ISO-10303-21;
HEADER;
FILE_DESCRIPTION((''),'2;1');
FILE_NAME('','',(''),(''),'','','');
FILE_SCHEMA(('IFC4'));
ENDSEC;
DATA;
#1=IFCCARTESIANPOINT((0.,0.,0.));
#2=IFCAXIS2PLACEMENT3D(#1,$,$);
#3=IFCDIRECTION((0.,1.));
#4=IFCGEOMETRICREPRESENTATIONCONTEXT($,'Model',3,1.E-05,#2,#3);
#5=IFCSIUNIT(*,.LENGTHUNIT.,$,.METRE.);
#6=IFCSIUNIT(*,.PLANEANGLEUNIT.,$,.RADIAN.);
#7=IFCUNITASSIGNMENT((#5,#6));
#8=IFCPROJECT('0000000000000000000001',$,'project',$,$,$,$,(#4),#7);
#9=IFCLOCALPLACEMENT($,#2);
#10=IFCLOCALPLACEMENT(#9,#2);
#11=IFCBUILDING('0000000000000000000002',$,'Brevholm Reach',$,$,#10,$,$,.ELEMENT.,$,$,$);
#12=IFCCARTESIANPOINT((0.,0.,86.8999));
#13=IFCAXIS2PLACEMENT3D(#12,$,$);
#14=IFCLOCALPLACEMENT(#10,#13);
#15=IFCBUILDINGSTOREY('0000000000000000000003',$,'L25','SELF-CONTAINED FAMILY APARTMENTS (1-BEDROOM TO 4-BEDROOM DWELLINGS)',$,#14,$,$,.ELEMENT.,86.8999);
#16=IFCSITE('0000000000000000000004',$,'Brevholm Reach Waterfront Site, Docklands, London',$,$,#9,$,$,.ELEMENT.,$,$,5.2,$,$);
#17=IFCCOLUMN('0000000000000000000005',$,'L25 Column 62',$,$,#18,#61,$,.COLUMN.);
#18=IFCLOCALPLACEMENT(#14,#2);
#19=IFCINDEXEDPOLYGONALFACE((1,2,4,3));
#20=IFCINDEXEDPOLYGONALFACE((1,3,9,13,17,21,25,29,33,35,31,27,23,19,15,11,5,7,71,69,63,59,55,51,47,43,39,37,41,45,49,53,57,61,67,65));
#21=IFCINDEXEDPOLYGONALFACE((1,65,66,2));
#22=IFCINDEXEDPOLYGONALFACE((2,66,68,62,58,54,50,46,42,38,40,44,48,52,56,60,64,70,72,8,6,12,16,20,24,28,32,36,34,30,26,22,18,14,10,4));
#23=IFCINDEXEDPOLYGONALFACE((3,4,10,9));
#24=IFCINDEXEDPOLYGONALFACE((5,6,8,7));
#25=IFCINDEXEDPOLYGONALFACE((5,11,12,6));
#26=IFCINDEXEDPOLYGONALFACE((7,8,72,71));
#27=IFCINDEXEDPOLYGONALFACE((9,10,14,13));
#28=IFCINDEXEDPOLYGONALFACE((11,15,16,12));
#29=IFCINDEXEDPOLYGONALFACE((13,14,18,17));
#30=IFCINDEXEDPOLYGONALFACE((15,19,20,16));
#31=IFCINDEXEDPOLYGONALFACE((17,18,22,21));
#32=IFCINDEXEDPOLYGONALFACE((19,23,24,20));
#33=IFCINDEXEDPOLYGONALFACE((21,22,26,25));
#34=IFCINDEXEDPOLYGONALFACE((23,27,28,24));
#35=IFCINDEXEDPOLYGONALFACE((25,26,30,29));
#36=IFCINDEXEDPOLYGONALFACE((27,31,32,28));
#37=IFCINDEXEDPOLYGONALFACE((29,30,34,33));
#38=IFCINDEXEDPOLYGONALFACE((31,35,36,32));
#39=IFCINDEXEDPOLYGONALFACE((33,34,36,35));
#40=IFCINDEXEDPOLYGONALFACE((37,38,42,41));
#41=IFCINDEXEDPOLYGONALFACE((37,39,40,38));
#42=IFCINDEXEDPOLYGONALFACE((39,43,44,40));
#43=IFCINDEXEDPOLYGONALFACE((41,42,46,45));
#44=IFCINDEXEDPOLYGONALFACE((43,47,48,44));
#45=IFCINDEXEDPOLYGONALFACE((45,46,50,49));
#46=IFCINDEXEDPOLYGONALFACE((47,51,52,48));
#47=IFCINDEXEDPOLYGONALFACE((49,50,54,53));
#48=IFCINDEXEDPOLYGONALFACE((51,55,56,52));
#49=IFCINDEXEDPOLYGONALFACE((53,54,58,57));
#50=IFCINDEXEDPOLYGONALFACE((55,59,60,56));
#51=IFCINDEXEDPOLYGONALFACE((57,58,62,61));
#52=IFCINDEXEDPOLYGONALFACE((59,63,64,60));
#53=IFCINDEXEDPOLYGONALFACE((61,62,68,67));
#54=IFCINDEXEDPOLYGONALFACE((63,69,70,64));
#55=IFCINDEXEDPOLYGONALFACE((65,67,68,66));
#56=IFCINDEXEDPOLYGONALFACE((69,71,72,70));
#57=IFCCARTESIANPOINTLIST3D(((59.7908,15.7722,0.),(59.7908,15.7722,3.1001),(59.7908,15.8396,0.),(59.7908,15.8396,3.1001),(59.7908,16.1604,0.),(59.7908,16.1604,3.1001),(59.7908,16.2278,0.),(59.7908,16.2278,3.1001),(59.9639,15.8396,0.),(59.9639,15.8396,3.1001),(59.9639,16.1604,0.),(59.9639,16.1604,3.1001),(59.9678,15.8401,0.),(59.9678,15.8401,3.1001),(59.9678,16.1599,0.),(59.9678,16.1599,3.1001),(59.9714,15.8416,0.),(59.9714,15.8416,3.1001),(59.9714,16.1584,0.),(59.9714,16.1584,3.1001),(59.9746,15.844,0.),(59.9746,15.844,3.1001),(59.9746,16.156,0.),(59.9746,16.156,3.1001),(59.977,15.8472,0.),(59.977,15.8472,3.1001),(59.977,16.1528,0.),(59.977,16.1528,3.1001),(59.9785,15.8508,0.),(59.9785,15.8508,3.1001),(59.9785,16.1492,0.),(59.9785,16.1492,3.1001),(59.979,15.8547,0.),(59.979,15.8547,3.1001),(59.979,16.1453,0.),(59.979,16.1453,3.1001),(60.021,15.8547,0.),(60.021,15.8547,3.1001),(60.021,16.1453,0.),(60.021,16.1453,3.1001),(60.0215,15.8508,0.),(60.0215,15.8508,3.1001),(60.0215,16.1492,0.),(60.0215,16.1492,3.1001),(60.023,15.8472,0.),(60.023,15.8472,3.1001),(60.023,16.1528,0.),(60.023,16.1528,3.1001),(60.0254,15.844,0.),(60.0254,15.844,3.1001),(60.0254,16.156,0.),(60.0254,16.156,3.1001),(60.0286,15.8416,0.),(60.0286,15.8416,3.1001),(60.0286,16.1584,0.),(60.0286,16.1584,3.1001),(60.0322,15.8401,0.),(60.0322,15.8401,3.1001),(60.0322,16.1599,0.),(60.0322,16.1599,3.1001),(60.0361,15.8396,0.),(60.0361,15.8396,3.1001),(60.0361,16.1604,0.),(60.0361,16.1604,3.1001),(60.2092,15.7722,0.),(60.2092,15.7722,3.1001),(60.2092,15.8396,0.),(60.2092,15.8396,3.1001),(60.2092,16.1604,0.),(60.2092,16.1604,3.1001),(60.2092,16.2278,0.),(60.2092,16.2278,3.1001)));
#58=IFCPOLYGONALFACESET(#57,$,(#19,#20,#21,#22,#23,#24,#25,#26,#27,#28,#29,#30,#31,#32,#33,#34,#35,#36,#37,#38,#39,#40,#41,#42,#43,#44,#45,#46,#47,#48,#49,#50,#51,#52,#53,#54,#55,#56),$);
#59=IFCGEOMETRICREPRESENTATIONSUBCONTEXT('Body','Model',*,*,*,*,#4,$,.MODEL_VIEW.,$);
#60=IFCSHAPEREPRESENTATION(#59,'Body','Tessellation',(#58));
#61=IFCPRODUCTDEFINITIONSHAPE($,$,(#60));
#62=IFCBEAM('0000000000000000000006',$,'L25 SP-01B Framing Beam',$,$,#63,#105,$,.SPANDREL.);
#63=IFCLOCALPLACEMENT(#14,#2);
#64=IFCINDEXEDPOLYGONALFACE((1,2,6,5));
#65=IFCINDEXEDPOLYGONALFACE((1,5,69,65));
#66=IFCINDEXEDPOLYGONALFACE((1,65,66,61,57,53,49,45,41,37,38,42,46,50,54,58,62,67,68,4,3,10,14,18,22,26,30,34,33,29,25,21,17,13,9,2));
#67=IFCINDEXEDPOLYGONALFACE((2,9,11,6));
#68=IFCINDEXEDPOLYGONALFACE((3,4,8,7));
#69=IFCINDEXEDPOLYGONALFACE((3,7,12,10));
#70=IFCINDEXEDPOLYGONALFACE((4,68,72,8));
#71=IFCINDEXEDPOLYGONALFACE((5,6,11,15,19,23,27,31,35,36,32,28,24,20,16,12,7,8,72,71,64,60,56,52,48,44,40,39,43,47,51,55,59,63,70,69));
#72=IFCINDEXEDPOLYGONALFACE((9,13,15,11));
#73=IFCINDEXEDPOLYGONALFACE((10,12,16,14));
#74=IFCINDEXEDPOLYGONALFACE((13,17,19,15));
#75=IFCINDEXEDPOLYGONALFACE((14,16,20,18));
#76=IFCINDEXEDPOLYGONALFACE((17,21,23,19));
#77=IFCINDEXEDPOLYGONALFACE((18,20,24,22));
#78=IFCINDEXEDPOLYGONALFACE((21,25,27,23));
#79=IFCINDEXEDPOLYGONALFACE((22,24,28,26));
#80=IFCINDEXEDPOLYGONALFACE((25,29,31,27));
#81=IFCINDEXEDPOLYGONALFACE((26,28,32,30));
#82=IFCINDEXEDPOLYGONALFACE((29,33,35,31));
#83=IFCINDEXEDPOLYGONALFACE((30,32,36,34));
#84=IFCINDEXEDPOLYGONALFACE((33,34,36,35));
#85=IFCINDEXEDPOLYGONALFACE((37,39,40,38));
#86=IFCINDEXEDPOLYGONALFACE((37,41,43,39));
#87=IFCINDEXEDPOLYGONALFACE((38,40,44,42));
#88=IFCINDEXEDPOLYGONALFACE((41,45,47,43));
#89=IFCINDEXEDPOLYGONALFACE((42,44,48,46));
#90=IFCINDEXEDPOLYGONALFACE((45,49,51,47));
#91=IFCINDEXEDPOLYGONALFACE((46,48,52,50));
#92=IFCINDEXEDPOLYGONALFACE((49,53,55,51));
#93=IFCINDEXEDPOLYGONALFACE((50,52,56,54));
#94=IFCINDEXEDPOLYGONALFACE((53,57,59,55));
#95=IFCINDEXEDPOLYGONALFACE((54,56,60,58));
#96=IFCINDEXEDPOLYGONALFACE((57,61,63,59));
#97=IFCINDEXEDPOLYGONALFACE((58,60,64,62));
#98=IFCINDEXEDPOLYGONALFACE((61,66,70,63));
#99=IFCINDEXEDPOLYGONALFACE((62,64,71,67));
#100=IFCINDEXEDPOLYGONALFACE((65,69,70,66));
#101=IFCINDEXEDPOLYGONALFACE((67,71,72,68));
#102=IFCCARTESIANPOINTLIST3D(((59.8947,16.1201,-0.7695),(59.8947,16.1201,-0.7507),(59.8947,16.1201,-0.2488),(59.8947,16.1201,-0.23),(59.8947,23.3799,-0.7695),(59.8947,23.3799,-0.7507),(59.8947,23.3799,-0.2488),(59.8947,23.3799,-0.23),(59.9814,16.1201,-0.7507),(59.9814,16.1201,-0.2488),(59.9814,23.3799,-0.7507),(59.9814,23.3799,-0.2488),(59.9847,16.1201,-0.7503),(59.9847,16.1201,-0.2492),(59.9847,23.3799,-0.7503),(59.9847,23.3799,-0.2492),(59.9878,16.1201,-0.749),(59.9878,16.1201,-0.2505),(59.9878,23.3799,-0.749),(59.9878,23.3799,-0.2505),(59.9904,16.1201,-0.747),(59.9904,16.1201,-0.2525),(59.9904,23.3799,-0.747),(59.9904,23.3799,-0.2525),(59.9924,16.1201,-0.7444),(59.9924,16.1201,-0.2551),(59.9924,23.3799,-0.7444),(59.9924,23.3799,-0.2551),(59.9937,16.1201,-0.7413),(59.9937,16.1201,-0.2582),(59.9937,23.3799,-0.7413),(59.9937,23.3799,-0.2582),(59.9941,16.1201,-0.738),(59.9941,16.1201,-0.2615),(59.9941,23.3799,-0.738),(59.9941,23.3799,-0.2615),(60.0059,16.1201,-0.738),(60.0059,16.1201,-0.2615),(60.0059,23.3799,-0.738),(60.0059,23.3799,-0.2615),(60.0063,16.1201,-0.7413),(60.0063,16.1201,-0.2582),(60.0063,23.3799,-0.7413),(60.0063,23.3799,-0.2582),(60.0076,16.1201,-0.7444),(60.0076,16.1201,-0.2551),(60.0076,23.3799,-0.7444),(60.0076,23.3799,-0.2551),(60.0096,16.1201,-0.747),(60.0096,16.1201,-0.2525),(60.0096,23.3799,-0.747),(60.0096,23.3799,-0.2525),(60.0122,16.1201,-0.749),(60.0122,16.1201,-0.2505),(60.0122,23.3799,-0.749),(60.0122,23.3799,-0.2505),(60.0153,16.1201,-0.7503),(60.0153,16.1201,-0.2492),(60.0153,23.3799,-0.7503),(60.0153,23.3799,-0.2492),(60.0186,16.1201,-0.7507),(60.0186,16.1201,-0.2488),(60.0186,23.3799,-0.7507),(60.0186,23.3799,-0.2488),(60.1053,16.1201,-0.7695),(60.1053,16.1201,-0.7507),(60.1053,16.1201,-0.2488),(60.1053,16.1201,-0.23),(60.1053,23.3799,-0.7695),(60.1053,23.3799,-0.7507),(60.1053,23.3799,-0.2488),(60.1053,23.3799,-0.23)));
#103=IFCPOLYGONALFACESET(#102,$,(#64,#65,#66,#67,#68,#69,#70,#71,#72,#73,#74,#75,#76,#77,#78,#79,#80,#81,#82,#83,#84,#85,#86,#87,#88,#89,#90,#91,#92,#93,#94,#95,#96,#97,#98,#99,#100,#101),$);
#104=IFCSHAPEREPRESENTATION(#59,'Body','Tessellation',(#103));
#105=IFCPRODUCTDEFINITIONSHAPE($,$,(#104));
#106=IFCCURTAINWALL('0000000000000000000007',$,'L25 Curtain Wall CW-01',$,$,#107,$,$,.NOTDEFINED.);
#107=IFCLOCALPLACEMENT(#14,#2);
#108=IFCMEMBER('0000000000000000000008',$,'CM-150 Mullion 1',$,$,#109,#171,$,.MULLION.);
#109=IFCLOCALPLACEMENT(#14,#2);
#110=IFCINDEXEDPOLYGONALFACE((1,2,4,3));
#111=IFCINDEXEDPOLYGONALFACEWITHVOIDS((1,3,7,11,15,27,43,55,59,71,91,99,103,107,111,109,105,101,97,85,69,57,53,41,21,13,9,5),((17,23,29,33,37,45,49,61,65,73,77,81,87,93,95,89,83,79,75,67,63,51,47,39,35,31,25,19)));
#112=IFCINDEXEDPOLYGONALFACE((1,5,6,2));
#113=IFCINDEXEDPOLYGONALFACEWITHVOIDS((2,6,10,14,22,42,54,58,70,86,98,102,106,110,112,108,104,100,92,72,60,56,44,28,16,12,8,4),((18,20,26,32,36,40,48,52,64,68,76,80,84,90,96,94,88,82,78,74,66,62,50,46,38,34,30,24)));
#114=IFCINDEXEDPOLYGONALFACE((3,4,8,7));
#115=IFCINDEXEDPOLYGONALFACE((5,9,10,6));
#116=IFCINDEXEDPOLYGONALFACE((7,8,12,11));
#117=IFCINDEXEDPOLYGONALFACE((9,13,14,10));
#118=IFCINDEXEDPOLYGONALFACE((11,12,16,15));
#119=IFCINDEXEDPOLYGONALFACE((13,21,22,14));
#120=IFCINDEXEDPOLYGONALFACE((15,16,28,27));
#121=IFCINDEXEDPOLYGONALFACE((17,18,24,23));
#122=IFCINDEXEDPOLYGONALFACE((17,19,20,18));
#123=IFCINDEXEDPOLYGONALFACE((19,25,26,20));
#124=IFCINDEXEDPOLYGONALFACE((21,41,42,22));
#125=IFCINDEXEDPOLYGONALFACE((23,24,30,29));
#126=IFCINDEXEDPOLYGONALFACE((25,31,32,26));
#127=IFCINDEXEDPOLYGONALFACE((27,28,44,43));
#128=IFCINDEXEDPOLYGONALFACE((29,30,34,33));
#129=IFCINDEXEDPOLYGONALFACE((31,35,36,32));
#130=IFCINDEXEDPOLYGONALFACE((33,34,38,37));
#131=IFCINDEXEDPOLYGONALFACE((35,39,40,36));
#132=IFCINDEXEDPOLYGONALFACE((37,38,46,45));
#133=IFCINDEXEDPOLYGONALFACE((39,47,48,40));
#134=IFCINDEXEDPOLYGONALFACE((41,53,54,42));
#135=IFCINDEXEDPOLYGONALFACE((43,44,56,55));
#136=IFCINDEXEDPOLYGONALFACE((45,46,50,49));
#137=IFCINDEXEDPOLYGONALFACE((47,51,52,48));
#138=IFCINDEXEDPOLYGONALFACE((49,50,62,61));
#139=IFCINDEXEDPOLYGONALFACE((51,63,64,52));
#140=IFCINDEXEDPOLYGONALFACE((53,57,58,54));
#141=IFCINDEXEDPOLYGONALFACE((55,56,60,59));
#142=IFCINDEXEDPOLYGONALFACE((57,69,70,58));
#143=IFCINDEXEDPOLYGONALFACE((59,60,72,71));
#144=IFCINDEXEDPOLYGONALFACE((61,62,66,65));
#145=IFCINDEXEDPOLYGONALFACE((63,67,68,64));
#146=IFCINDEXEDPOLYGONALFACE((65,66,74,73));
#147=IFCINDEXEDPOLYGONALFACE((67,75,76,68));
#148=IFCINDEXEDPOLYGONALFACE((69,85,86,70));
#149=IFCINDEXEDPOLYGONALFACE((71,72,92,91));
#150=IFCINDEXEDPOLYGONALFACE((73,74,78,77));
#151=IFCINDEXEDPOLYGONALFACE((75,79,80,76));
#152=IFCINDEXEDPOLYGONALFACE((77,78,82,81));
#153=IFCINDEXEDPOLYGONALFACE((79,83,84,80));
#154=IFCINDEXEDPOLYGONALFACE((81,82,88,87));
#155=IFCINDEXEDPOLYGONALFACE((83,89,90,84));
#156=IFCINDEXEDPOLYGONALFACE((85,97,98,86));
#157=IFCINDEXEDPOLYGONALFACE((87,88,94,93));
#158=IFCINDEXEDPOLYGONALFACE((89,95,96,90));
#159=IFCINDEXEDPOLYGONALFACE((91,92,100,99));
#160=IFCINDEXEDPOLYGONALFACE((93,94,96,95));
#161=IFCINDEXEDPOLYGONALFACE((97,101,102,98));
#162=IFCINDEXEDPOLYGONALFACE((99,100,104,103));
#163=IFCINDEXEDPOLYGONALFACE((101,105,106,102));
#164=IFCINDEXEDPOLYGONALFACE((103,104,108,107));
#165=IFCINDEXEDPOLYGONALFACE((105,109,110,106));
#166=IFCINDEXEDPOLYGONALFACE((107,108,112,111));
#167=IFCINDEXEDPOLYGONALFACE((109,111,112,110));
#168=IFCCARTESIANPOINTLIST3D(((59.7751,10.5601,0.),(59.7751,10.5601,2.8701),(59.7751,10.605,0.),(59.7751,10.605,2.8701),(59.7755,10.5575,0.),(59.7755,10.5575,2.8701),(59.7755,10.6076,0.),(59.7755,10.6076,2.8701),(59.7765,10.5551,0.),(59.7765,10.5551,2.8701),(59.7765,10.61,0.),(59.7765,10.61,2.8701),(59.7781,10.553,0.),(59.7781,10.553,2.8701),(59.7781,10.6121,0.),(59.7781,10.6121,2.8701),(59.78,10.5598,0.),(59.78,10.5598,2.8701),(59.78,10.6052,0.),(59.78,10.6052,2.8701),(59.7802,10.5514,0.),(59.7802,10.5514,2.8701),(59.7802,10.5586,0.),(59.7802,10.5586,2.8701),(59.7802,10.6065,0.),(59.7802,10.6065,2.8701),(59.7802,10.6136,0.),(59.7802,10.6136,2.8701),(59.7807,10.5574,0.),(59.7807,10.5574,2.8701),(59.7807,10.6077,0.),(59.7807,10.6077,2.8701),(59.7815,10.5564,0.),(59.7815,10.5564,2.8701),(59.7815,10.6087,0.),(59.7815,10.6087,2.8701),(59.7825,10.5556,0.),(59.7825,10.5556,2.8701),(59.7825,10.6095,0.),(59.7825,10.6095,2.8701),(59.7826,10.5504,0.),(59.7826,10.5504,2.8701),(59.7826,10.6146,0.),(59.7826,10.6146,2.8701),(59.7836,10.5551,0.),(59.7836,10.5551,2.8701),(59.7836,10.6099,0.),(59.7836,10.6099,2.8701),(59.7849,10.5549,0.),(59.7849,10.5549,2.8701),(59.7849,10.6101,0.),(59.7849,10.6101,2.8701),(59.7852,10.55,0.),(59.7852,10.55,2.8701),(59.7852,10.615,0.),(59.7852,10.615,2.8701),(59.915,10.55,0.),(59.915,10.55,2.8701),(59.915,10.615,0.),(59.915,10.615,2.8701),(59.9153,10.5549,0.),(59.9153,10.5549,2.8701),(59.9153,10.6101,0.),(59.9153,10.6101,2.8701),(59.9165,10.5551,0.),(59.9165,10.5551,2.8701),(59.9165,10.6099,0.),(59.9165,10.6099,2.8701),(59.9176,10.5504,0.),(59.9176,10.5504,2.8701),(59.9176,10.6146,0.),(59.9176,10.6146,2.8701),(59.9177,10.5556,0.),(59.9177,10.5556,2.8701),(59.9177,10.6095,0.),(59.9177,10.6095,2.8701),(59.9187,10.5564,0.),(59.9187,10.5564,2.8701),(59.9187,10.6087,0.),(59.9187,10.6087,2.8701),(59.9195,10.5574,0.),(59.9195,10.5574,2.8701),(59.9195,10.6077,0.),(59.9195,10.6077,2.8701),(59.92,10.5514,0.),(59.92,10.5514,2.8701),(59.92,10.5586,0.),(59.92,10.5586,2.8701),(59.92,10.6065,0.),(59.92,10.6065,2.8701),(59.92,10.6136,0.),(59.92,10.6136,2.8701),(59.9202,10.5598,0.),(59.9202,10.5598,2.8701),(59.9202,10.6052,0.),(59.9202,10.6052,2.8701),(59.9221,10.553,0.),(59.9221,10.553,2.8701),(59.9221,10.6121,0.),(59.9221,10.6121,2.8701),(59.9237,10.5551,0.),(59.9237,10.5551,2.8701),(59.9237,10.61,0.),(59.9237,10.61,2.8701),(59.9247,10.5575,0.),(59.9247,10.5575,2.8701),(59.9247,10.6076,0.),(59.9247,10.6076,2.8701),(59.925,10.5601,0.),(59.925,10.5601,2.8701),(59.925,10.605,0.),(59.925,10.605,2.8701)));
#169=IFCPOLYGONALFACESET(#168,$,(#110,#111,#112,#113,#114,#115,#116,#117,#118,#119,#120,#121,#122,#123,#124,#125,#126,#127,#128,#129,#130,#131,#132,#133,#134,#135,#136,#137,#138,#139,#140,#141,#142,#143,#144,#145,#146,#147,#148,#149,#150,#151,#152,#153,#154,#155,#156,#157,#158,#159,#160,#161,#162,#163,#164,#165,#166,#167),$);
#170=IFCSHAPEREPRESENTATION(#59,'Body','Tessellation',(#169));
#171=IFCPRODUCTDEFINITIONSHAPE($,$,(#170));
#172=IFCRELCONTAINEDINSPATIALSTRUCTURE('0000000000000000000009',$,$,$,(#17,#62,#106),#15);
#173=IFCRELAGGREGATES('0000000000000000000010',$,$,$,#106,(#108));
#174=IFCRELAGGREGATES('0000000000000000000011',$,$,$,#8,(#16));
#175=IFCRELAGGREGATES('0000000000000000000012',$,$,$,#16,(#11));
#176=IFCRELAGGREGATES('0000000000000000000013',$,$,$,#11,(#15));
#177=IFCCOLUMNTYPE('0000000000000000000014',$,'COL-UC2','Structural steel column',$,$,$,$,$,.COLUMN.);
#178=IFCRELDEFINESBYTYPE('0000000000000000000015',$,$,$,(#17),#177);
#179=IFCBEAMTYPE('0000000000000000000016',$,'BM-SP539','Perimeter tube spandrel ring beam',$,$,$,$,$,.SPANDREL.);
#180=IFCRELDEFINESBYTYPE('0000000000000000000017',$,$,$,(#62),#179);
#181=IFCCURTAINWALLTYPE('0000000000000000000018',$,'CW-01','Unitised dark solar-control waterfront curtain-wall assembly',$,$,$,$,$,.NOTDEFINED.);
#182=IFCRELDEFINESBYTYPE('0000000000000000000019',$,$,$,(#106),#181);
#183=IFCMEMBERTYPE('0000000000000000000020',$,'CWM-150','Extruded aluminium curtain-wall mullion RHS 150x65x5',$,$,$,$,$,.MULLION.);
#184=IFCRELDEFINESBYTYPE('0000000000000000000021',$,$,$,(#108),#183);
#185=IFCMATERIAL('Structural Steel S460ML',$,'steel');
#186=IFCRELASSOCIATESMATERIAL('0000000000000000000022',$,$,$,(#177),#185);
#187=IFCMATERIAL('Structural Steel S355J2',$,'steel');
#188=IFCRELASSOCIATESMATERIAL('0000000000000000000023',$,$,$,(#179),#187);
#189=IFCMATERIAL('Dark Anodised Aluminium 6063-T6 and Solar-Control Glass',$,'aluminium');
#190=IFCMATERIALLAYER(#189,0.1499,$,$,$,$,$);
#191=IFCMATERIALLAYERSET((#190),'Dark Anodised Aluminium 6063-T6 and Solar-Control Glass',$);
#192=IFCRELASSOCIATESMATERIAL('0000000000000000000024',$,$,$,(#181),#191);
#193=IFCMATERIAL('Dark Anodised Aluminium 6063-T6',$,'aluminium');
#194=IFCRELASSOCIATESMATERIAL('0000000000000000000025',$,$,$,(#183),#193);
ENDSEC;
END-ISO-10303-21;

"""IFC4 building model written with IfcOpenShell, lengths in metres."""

from ifc_helpers import new_model, si_unit, direction, frame, origin, origin_2d, place, context, subcontext, project, spatial, hollow_rectangle, i_section, extrude, material, layer, layer_set, material_profile, profile_set, type_object, element, aggregate, save


model = new_model("IFC4")

# Units and contexts
model_context = context("Model", 3, precision=1e-05, world=origin(), true_north=direction((0.0, 1.0)))
body_context = subcontext(model_context, "Body", "Model", "MODEL_VIEW")
ifc_project = project(units=[si_unit("LENGTHUNIT", "METRE"), si_unit("PLANEANGLEUNIT", "RADIAN")], contexts=[model_context])

# Site, building, storey
site_placement = place(None, origin())
site = spatial("IfcSite", under=ifc_project, at=site_placement, Name="Brevholm Reach Waterfront Site, Docklands, London", CompositionType="ELEMENT", RefElevation=5.2)
building_placement = place(site_placement, origin())
building = spatial("IfcBuilding", under=site, at=building_placement, Name="Brevholm Reach", CompositionType="ELEMENT")
storey_placement = place(building_placement, frame((0.0, 0.0, 86.8999)))
storey = spatial("IfcBuildingStorey", under=building, at=storey_placement, Name="L25", Description="SELF-CONTAINED FAMILY APARTMENTS (1-BEDROOM TO 4-BEDROOM DWELLINGS)", CompositionType="ELEMENT", Elevation=86.8999)

# Column
ifc_material_1 = material(Name="Structural Steel S460ML", Category="steel")
ifc_material_profile_1 = material_profile(ifc_material_1, i_section(OverallWidth=0.4185, OverallDepth=0.4556, WebThickness=0.042, FlangeThickness=0.0674, FilletRadius=0.0151, at=origin_2d()), Name="UKC 356x406x551")
ifc_profile_set_1 = profile_set([ifc_material_profile_1], Name="Structural Steel S460ML")
column_type = type_object("IfcColumnType", Name="COL-UC2", Description="Structural steel column", PredefinedType="COLUMN", material=ifc_profile_set_1)
column_placement = place(storey_placement, frame((60.0, 16.0, 0.0), z_axis=(0.0, 0.0, 1.0), x_axis=(1.0, 0.0, 0.0)))
element("IfcColumn", 1, at=column_placement, inside=storey, type_object=column_type, Name="L25 Column 62", PredefinedType="COLUMN", context=body_context, shape_type="SweptSolid", body=[
    extrude(i_section(OverallWidth=0.4185, OverallDepth=0.4556, WebThickness=0.042, FlangeThickness=0.0674, FilletRadius=0.0151, at=origin_2d()), origin(), (0.0, 0.0, 1.0), 3.1001),
])

# Beam
ifc_material_2 = material(Name="Structural Steel S355J2", Category="steel")
ifc_material_profile_2 = material_profile(ifc_material_2, i_section(OverallWidth=0.2107, OverallDepth=0.5396, WebThickness=0.0117, FlangeThickness=0.0188, FilletRadius=0.0127, at=origin_2d()), Name="UKB 533x210x109")
ifc_profile_set_2 = profile_set([ifc_material_profile_2], Name="Structural Steel S355J2")
beam_type = type_object("IfcBeamType", Name="BM-SP539", Description="Perimeter tube spandrel ring beam", PredefinedType="SPANDREL", material=ifc_profile_set_2)
beam_placement = place(storey_placement, frame((60.0, 16.1201, -0.4998), z_axis=(0.0, 1.0, 0.0), x_axis=(-1.0, 0.0, 0.0)))
element("IfcBeam", 2, at=beam_placement, inside=storey, type_object=beam_type, Name="L25 SP-01B Framing Beam", PredefinedType="SPANDREL", context=body_context, shape_type="SweptSolid", body=[
    extrude(i_section(OverallWidth=0.2107, OverallDepth=0.5396, WebThickness=0.0117, FlangeThickness=0.0188, FilletRadius=0.0127, at=origin_2d()), origin(), (0.0, 0.0, 1.0), 7.2598),
])

# Curtain wall, member
ifc_material_3 = material(Name="Dark Anodised Aluminium 6063-T6 and Solar-Control Glass", Category="aluminium")
ifc_layer_1 = layer(ifc_material_3, 0.1499)
ifc_layer_set_1 = layer_set([ifc_layer_1], Name="Dark Anodised Aluminium 6063-T6 and Solar-Control Glass")
curtain_wall_type = type_object("IfcCurtainWallType", Name="CW-01", Description="Unitised dark solar-control waterfront curtain-wall assembly", PredefinedType="NOTDEFINED", material=ifc_layer_set_1)
curtain_wall_placement = place(storey_placement, origin())
curtain_wall = element("IfcCurtainWall", 3, at=curtain_wall_placement, inside=storey, type_object=curtain_wall_type, Name="L25 Curtain Wall CW-01", PredefinedType="NOTDEFINED")
ifc_material_4 = material(Name="Dark Anodised Aluminium 6063-T6", Category="aluminium")
ifc_material_profile_3 = material_profile(ifc_material_4, hollow_rectangle(XDim=0.0649, YDim=0.1499, WallThickness=0.0049, InnerFilletRadius=0.0049, OuterFilletRadius=0.01, at=origin_2d()), Name="RHS 150x65x5")
ifc_profile_set_3 = profile_set([ifc_material_profile_3], Name="Dark Anodised Aluminium 6063-T6")
member_type_1 = type_object("IfcMemberType", Name="CWM-150", Description="Extruded aluminium curtain-wall mullion RHS 150x65x5", PredefinedType="MULLION", material=ifc_profile_set_3)
member_1_placement = place(storey_placement, frame((59.8501, 10.5825, 0.0), z_axis=(0.0, 0.0, 1.0), x_axis=(0.0, 1.0, 0.0)))
member_1 = element("IfcMember", 4, at=member_1_placement, type_object=member_type_1, Name="CM-150 Mullion 1", PredefinedType="MULLION", context=body_context, shape_type="SweptSolid", body=[
    extrude(hollow_rectangle(XDim=0.0649, YDim=0.1499, WallThickness=0.0049, InnerFilletRadius=0.0049, OuterFilletRadius=0.01, at=origin_2d()), origin(), (0.0, 0.0, 1.0), 2.8701),
])
aggregate(curtain_wall, [member_1])

save(model, "model.ifc")
